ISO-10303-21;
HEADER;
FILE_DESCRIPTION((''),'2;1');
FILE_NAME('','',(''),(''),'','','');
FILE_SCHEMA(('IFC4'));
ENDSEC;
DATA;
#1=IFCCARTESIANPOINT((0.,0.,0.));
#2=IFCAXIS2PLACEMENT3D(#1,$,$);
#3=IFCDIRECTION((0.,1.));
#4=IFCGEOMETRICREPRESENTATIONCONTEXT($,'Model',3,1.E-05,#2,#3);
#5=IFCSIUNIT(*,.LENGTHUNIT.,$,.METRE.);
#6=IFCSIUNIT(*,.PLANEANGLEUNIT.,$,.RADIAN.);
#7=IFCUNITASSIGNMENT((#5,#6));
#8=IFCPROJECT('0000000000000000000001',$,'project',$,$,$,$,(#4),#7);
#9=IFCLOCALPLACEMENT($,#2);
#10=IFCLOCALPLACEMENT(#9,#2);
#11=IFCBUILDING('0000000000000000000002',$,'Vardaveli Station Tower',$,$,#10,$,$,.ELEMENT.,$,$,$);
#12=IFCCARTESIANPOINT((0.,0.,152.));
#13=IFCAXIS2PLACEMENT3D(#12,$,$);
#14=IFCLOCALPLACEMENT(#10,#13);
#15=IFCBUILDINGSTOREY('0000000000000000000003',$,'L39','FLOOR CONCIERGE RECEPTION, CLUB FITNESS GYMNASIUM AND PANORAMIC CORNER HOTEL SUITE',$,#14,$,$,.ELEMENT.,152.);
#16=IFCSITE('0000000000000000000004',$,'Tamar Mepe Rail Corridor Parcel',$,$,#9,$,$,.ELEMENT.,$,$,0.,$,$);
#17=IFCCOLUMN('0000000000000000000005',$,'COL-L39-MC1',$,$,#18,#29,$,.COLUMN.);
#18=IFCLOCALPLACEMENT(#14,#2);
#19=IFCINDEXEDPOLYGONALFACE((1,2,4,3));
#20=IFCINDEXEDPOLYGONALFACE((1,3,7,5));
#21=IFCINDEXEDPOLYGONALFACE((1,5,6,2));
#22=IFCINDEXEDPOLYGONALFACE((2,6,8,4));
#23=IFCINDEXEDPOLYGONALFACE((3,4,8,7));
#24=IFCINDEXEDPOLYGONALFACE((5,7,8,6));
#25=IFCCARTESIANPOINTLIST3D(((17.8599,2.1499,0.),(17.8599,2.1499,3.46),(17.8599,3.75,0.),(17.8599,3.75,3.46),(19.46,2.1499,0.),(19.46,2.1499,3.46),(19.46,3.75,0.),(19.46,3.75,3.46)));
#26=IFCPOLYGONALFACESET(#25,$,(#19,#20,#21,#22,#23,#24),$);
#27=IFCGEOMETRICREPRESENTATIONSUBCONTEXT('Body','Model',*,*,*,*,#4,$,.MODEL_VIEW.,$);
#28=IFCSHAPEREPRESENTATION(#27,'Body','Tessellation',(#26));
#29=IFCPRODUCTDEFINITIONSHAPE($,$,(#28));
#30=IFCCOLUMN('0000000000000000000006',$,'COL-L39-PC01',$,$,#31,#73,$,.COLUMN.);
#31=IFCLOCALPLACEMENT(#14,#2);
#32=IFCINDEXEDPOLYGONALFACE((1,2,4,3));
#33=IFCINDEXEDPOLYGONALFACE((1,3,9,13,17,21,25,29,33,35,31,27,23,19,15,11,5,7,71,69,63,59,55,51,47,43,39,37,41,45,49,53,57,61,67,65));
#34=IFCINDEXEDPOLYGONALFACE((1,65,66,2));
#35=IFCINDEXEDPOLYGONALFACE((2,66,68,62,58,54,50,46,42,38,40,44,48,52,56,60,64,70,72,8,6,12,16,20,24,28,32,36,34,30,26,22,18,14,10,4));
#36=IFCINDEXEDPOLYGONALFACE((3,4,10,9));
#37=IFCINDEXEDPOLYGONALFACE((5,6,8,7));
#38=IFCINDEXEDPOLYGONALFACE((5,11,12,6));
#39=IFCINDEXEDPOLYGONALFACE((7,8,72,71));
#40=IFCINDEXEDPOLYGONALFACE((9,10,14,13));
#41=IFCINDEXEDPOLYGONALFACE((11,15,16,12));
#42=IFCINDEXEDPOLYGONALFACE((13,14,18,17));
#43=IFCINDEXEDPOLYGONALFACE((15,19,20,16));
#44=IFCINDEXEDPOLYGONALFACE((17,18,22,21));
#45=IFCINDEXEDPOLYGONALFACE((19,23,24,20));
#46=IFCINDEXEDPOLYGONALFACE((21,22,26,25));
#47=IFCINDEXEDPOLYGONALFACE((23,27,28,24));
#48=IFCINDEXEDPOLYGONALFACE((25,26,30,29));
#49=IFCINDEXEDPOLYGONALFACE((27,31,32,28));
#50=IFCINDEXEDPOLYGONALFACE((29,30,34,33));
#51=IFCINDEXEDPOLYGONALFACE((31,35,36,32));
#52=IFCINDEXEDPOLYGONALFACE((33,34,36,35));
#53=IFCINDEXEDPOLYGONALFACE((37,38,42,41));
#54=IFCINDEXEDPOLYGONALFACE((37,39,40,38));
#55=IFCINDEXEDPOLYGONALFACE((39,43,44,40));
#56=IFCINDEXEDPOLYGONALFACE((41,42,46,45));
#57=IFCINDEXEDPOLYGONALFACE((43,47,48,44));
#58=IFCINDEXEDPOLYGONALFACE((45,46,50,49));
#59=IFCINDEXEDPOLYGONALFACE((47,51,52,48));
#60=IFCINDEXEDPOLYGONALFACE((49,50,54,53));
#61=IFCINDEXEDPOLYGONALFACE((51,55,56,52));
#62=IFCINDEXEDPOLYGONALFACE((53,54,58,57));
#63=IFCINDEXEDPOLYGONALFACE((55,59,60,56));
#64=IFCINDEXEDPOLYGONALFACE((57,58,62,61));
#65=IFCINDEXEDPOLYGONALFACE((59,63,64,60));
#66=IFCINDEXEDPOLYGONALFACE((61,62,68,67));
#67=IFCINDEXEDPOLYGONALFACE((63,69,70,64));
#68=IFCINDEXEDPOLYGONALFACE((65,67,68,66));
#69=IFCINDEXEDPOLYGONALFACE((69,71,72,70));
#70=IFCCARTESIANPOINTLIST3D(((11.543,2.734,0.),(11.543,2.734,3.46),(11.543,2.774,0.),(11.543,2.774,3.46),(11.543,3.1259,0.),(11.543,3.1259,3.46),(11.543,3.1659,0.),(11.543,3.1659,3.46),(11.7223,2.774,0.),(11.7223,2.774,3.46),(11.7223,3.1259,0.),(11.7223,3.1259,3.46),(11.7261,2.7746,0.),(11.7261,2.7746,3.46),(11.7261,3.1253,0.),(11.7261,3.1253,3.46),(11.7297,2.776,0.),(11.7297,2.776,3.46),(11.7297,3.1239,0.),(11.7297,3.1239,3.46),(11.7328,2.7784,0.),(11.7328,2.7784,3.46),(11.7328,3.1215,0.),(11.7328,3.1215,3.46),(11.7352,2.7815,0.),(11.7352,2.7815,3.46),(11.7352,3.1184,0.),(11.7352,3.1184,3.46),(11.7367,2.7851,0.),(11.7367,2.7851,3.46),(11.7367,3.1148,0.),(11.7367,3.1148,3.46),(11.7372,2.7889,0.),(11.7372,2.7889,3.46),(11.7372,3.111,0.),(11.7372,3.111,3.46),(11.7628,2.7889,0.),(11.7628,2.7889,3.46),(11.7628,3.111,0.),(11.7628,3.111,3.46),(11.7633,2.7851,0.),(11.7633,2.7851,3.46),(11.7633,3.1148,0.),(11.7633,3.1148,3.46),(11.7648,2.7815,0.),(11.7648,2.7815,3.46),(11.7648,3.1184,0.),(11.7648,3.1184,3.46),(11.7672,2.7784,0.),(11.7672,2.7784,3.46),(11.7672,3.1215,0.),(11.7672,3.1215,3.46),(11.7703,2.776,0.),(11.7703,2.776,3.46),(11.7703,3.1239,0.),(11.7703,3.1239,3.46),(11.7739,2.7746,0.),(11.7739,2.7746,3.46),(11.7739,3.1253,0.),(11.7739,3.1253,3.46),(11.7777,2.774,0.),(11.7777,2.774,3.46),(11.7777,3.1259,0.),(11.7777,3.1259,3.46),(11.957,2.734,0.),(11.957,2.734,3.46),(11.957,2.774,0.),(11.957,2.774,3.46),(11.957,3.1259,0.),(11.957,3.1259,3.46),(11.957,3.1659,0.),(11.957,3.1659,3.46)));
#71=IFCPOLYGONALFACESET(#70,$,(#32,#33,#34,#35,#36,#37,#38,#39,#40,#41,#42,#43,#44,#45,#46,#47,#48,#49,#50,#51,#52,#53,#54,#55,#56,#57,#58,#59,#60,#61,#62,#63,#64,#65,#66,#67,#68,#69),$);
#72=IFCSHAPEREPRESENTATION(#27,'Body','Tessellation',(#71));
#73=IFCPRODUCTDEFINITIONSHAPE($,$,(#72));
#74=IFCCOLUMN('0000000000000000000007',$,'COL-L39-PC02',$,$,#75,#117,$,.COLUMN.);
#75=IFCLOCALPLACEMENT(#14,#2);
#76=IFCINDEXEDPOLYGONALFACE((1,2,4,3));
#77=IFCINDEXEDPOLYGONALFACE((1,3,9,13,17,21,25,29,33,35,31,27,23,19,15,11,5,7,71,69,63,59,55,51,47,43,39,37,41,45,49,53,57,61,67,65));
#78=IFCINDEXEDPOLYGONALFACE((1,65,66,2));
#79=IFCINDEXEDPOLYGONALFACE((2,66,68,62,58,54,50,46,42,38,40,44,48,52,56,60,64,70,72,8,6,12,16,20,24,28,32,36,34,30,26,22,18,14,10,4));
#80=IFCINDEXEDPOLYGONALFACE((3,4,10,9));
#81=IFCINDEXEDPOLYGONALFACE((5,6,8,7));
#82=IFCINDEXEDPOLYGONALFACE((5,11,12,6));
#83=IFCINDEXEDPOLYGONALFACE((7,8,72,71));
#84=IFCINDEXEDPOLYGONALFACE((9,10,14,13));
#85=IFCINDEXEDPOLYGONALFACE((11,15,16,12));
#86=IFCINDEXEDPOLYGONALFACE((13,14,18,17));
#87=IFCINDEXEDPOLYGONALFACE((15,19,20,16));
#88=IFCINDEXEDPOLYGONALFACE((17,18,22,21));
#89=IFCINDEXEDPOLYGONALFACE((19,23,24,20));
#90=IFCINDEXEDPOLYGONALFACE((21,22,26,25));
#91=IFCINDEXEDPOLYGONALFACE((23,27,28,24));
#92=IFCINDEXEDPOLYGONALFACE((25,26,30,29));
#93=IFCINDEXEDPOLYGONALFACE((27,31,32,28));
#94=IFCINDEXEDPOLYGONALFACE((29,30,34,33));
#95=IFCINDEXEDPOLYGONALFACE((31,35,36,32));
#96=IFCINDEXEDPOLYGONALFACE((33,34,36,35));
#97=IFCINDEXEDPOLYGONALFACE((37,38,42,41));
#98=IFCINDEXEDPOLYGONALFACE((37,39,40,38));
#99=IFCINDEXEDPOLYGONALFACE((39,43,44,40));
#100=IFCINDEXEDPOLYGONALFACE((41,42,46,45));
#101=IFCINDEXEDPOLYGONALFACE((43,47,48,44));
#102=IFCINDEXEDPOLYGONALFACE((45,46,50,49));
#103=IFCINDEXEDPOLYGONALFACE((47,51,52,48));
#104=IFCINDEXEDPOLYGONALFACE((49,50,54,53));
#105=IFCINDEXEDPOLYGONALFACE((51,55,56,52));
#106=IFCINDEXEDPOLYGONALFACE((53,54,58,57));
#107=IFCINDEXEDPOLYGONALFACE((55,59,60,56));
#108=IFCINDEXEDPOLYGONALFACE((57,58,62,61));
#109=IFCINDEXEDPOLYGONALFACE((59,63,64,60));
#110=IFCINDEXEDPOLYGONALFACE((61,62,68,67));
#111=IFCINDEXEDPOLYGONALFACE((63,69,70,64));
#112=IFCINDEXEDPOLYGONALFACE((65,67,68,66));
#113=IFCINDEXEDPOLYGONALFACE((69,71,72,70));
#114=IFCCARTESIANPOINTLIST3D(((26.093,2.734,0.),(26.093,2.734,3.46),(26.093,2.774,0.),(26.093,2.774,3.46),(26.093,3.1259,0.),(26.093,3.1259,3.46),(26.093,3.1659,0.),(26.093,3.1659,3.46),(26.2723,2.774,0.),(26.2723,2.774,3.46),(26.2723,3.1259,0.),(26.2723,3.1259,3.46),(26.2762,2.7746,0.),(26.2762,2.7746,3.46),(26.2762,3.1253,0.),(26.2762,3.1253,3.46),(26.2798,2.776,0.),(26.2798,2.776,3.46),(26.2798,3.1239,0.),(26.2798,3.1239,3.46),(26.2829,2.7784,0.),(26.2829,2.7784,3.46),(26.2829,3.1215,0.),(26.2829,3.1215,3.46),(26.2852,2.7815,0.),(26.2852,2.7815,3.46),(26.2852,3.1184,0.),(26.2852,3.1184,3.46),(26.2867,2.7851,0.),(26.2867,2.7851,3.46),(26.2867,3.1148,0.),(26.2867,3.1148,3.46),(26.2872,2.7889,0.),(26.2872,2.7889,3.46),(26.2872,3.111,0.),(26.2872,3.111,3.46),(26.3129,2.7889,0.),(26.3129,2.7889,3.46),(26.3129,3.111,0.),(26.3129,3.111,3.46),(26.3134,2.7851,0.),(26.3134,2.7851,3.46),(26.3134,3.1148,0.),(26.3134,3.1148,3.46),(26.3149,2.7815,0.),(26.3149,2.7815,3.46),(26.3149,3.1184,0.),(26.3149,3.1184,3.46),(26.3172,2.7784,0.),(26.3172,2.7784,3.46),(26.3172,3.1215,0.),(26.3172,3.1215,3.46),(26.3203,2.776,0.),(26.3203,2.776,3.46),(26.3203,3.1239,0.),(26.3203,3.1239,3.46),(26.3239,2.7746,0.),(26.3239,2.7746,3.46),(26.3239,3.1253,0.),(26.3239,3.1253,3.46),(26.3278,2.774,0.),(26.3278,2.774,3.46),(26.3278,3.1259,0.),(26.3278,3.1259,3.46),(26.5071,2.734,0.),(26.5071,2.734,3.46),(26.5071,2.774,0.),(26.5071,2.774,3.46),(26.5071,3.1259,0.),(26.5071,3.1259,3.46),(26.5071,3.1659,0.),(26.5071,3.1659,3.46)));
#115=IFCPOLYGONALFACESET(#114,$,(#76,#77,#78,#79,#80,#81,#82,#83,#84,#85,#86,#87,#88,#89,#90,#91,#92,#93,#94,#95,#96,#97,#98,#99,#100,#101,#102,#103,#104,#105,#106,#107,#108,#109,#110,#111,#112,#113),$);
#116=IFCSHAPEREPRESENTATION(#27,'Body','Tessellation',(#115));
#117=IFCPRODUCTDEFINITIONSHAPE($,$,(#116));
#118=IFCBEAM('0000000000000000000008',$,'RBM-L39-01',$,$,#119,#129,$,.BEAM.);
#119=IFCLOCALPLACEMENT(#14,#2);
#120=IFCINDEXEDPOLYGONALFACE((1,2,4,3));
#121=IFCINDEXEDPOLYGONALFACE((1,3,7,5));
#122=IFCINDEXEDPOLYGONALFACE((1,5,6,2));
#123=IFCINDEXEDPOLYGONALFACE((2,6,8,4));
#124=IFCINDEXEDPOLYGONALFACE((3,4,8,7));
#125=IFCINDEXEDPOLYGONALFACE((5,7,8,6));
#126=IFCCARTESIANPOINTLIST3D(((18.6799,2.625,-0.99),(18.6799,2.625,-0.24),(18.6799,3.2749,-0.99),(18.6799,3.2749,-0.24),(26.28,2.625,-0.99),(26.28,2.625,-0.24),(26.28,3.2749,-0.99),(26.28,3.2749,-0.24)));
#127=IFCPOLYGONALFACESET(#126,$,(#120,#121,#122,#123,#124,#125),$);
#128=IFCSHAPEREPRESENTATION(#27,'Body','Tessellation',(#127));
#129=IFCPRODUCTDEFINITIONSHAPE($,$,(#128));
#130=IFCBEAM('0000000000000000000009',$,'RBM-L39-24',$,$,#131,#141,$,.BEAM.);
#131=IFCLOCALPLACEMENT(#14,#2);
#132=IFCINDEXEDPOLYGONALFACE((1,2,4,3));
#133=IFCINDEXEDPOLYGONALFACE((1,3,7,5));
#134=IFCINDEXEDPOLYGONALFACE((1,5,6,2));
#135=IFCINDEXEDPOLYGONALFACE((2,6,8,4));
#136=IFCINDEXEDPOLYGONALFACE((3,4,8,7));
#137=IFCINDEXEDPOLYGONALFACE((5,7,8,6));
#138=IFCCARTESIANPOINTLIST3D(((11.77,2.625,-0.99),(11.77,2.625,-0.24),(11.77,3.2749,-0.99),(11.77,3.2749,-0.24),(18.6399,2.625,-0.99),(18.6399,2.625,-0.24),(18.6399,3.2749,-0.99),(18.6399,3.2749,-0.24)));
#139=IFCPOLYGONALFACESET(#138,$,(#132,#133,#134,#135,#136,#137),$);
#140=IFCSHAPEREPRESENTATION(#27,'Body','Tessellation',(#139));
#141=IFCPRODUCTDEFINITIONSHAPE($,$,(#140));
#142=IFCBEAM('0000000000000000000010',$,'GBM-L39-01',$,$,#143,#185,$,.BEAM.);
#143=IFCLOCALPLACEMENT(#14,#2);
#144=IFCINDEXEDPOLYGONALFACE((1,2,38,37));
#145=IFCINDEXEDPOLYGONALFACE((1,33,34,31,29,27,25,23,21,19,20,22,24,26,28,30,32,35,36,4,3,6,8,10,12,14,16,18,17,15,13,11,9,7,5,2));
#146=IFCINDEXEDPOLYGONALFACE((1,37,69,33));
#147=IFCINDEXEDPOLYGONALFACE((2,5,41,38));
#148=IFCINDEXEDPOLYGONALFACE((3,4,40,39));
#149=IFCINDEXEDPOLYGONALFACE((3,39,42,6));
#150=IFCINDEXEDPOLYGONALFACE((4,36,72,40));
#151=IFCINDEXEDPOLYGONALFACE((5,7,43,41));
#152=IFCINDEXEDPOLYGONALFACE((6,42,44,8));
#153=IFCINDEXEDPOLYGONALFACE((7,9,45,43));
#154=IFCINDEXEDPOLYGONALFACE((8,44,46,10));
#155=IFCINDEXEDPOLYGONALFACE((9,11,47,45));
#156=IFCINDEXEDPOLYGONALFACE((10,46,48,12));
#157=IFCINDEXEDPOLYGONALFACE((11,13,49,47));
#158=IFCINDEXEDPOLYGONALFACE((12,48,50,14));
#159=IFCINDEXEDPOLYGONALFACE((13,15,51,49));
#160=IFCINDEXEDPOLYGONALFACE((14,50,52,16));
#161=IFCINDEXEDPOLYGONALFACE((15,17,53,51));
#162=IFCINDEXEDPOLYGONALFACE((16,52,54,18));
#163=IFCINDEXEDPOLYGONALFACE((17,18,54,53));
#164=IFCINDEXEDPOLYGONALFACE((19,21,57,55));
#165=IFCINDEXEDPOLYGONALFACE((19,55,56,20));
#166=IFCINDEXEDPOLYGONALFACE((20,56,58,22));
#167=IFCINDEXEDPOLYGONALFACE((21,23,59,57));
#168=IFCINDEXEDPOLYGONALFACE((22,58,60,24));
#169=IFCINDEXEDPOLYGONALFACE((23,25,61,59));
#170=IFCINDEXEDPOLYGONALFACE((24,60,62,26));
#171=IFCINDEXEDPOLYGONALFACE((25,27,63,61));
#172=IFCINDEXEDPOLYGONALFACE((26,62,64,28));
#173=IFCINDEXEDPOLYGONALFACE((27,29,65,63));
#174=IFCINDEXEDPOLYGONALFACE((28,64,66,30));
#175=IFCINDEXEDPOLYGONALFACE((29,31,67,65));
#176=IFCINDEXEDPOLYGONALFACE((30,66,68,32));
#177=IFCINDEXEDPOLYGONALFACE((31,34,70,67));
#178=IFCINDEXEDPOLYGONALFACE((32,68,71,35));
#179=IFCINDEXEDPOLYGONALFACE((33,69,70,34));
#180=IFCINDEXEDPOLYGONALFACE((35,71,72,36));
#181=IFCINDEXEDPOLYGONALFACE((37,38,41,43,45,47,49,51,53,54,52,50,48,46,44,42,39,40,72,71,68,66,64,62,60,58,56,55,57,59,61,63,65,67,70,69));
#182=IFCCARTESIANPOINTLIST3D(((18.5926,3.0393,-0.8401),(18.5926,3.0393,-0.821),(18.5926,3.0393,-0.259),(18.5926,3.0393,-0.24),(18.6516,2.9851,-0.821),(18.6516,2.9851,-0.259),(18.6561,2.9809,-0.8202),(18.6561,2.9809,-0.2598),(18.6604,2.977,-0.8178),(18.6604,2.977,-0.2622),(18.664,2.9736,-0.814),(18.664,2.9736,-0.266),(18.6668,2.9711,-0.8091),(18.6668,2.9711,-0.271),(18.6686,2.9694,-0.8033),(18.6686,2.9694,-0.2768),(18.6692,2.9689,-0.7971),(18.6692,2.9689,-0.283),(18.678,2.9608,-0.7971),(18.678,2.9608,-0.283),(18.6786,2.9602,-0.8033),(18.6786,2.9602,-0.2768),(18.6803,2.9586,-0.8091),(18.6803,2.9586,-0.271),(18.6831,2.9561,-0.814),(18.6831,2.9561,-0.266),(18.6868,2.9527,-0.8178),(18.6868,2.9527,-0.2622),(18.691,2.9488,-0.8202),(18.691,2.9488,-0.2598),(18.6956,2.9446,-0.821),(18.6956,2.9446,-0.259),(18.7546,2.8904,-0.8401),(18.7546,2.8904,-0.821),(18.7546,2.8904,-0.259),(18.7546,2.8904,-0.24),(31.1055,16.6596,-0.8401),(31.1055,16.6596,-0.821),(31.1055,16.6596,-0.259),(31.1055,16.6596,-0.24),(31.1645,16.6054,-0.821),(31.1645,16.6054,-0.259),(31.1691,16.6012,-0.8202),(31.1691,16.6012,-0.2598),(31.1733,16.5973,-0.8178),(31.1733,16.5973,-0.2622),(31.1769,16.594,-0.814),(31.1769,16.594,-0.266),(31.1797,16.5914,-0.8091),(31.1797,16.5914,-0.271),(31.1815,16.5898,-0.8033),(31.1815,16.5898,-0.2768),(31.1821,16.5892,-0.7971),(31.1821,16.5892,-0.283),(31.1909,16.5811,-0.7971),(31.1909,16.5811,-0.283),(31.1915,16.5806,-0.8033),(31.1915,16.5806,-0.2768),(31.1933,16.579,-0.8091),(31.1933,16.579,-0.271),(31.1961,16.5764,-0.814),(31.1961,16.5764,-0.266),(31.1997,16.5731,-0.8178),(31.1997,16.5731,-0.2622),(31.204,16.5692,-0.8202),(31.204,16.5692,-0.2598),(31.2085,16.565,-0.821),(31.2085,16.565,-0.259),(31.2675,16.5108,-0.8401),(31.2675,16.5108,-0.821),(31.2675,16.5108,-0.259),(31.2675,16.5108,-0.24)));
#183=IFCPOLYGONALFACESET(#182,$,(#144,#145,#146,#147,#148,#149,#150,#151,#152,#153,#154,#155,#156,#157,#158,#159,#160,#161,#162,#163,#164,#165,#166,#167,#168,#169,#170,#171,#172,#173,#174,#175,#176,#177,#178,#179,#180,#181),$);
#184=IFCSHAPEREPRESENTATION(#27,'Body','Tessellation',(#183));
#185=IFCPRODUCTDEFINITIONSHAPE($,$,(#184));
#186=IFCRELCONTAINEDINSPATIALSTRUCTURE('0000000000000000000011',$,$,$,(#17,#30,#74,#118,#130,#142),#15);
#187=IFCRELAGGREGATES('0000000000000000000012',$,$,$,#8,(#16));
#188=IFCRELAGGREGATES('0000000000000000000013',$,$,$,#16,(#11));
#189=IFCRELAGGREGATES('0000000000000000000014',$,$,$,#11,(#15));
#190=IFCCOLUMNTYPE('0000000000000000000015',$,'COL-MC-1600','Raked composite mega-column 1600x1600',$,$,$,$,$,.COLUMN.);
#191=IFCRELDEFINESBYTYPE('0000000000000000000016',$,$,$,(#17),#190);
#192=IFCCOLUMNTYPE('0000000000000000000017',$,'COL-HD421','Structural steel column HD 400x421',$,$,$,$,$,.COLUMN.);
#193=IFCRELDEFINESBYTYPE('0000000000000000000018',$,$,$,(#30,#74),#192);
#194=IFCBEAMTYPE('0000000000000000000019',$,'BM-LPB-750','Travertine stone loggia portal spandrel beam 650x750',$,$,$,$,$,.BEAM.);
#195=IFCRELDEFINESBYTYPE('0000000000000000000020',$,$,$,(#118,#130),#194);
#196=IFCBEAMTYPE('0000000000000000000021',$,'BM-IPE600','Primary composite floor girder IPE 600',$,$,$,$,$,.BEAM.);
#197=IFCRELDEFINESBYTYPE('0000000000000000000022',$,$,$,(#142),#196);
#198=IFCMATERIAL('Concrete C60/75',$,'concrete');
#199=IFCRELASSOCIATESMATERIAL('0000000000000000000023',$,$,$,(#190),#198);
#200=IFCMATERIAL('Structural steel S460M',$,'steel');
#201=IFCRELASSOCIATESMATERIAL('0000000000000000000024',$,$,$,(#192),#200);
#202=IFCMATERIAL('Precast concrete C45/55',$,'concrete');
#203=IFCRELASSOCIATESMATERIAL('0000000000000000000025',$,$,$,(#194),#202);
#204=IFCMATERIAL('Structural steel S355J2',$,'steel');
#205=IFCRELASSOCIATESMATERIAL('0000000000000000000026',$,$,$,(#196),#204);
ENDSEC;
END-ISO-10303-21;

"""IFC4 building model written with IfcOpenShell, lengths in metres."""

from ifc_helpers import new_model, si_unit, direction, frame, origin, origin_2d, place, context, subcontext, project, spatial, rectangle, i_section, extrude, source, transform, mapped, material, material_profile, profile_set, type_object, element, save


model = new_model("IFC4")

# Units and contexts
model_context = context("Model", 3, precision=1e-05, world=origin(), true_north=direction((0.0, 1.0)))
body_context = subcontext(model_context, "Body", "Model", "MODEL_VIEW")
ifc_project = project(units=[si_unit("LENGTHUNIT", "METRE"), si_unit("PLANEANGLEUNIT", "RADIAN")], contexts=[model_context])

# Site, building, storey
site_placement = place(None, origin())
site = spatial("IfcSite", under=ifc_project, at=site_placement, Name="Tamar Mepe Rail Corridor Parcel", CompositionType="ELEMENT", RefElevation=0.0)
building_placement = place(site_placement, origin())
building = spatial("IfcBuilding", under=site, at=building_placement, Name="Vardaveli Station Tower", CompositionType="ELEMENT")
storey_placement = place(building_placement, frame((0.0, 0.0, 152.0)))
storey = spatial("IfcBuildingStorey", under=building, at=storey_placement, Name="L39", Description="FLOOR CONCIERGE RECEPTION, CLUB FITNESS GYMNASIUM AND PANORAMIC CORNER HOTEL SUITE", CompositionType="ELEMENT", Elevation=152.0)

# Columns
ifc_material_1 = material(Name="Concrete C60/75", Category="concrete")
ifc_material_profile_1 = material_profile(ifc_material_1, rectangle(XDim=1.6001, YDim=1.6001, at=origin_2d()), Name="MC 1600x1600")
ifc_profile_set_1 = profile_set([ifc_material_profile_1], Name="Concrete C60/75")
column_type_1 = type_object("IfcColumnType", Name="COL-MC-1600", Description="Raked composite mega-column 1600x1600", PredefinedType="COLUMN", material=ifc_profile_set_1)
shared_shape_1 = source(origin(), body_context, "Body", "SweptSolid", [
    extrude(rectangle(XDim=1.6001, YDim=1.6001, at=origin_2d()), origin(), (0.0, 0.0, 1.0), 3.46),
])
column_placement = place(storey_placement, frame((18.6599, 2.95, 0.0), z_axis=(0.0, 0.0, 1.0), x_axis=(1.0, 0.0, 0.0)))
element("IfcColumn", 1, at=column_placement, inside=storey, type_object=column_type_1, Name="COL-L39-MC1", PredefinedType="COLUMN", context=body_context, shape_type="MappedRepresentation", body=[
    mapped(shared_shape_1, transform((0.0, 0.0, 0.0), scale=1.0)),
])
ifc_material_2 = material(Name="Structural steel S460M", Category="steel")
ifc_material_profile_2 = material_profile(ifc_material_2, i_section(OverallWidth=0.4141, OverallDepth=0.4319, WebThickness=0.0256, FlangeThickness=0.04, FilletRadius=0.0149, at=origin_2d()), Name="HD 400x421")
ifc_profile_set_2 = profile_set([ifc_material_profile_2], Name="Structural steel S460M")
column_type_2 = type_object("IfcColumnType", Name="COL-HD421", Description="Structural steel column HD 400x421", PredefinedType="COLUMN", material=ifc_profile_set_2)
shared_shape_2 = source(origin(), body_context, "Body", "SweptSolid", [
    extrude(i_section(OverallWidth=0.4141, OverallDepth=0.4319, WebThickness=0.0256, FlangeThickness=0.04, FilletRadius=0.0149, at=origin_2d()), origin(), (0.0, 0.0, 1.0), 3.46),
])
for number, where, z_axis, x_axis, name in (
    (2, (11.75, 2.95, 0.0), (0.0, 0.0, 1.0), (1.0, 0.0, 0.0), "COL-L39-PC01"),
    (3, (26.3, 2.95, 0.0), (0.0, 0.0, 1.0), (1.0, 0.0, 0.0), "COL-L39-PC02"),
):
    element("IfcColumn", number, at=place(storey_placement, frame(where, z_axis=z_axis, x_axis=x_axis)), inside=storey, type_object=column_type_2, Name=name, PredefinedType="COLUMN", context=body_context, shape_type="MappedRepresentation", body=[
        mapped(shared_shape_2, transform((0.0, 0.0, 0.0), scale=1.0)),
    ])

# Beams
ifc_material_3 = material(Name="Precast concrete C45/55", Category="concrete")
ifc_material_profile_3 = material_profile(ifc_material_3, rectangle(XDim=0.6499, YDim=0.75, at=origin_2d()), Name="LPB 650x750")
ifc_profile_set_3 = profile_set([ifc_material_profile_3], Name="Precast concrete C45/55")
beam_type_1 = type_object("IfcBeamType", Name="BM-LPB-750", Description="Travertine stone loggia portal spandrel beam 650x750", PredefinedType="BEAM", material=ifc_profile_set_3)
shared_shape_3 = source(origin(), body_context, "Body", "SweptSolid", [
    extrude(rectangle(XDim=0.6499, YDim=0.75, at=origin_2d()), origin(), (0.0, 0.0, 1.0), 7.6001),
])
beam_1_placement = place(storey_placement, frame((18.6799, 2.95, -0.615), z_axis=(1.0, 0.0, 0.0), x_axis=(0.0, 1.0, 0.0)))
element("IfcBeam", 4, at=beam_1_placement, inside=storey, type_object=beam_type_1, Name="RBM-L39-01", PredefinedType="BEAM", context=body_context, shape_type="MappedRepresentation", body=[
    mapped(shared_shape_3, transform((0.0, 0.0, 0.0), scale=1.0)),
])
shared_shape_4 = source(origin(), body_context, "Body", "SweptSolid", [
    extrude(rectangle(XDim=0.6499, YDim=0.75, at=origin_2d()), origin(), (0.0, 0.0, 1.0), 6.8699),
])
beam_2_placement = place(storey_placement, frame((11.77, 2.95, -0.615), z_axis=(1.0, 0.0, 0.0), x_axis=(0.0, 1.0, 0.0)))
element("IfcBeam", 5, at=beam_2_placement, inside=storey, type_object=beam_type_1, Name="RBM-L39-24", PredefinedType="BEAM", context=body_context, shape_type="MappedRepresentation", body=[
    mapped(shared_shape_4, transform((0.0, 0.0, 0.0), scale=1.0)),
])
ifc_material_4 = material(Name="Structural steel S355J2", Category="steel")
ifc_material_profile_4 = material_profile(ifc_material_4, i_section(OverallWidth=0.22, OverallDepth=0.6001, WebThickness=0.012, FlangeThickness=0.019, FilletRadius=0.0239, at=origin_2d()), Name="IPE 600")
ifc_profile_set_4 = profile_set([ifc_material_profile_4], Name="Structural steel S355J2")
beam_type_2 = type_object("IfcBeamType", Name="BM-IPE600", Description="Primary composite floor girder IPE 600", PredefinedType="BEAM", material=ifc_profile_set_4)
shared_shape_5 = source(origin(), body_context, "Body", "SweptSolid", [
    extrude(i_section(OverallWidth=0.22, OverallDepth=0.6001, WebThickness=0.012, FlangeThickness=0.019, FilletRadius=0.0239, at=origin_2d()), origin(), (0.0, 0.0, 1.0), 18.4956),
])
beam_3_placement = place(storey_placement, frame((18.6736, 2.9648, -0.54), z_axis=(0.676535, 0.73641, 0.0), x_axis=(-0.73641, 0.676535, 0.0)))
element("IfcBeam", 6, at=beam_3_placement, inside=storey, type_object=beam_type_2, Name="GBM-L39-01", PredefinedType="BEAM", context=body_context, shape_type="MappedRepresentation", body=[
    mapped(shared_shape_5, transform((0.0, 0.0, 0.0), scale=1.0)),
])

save(model, "model.ifc")
